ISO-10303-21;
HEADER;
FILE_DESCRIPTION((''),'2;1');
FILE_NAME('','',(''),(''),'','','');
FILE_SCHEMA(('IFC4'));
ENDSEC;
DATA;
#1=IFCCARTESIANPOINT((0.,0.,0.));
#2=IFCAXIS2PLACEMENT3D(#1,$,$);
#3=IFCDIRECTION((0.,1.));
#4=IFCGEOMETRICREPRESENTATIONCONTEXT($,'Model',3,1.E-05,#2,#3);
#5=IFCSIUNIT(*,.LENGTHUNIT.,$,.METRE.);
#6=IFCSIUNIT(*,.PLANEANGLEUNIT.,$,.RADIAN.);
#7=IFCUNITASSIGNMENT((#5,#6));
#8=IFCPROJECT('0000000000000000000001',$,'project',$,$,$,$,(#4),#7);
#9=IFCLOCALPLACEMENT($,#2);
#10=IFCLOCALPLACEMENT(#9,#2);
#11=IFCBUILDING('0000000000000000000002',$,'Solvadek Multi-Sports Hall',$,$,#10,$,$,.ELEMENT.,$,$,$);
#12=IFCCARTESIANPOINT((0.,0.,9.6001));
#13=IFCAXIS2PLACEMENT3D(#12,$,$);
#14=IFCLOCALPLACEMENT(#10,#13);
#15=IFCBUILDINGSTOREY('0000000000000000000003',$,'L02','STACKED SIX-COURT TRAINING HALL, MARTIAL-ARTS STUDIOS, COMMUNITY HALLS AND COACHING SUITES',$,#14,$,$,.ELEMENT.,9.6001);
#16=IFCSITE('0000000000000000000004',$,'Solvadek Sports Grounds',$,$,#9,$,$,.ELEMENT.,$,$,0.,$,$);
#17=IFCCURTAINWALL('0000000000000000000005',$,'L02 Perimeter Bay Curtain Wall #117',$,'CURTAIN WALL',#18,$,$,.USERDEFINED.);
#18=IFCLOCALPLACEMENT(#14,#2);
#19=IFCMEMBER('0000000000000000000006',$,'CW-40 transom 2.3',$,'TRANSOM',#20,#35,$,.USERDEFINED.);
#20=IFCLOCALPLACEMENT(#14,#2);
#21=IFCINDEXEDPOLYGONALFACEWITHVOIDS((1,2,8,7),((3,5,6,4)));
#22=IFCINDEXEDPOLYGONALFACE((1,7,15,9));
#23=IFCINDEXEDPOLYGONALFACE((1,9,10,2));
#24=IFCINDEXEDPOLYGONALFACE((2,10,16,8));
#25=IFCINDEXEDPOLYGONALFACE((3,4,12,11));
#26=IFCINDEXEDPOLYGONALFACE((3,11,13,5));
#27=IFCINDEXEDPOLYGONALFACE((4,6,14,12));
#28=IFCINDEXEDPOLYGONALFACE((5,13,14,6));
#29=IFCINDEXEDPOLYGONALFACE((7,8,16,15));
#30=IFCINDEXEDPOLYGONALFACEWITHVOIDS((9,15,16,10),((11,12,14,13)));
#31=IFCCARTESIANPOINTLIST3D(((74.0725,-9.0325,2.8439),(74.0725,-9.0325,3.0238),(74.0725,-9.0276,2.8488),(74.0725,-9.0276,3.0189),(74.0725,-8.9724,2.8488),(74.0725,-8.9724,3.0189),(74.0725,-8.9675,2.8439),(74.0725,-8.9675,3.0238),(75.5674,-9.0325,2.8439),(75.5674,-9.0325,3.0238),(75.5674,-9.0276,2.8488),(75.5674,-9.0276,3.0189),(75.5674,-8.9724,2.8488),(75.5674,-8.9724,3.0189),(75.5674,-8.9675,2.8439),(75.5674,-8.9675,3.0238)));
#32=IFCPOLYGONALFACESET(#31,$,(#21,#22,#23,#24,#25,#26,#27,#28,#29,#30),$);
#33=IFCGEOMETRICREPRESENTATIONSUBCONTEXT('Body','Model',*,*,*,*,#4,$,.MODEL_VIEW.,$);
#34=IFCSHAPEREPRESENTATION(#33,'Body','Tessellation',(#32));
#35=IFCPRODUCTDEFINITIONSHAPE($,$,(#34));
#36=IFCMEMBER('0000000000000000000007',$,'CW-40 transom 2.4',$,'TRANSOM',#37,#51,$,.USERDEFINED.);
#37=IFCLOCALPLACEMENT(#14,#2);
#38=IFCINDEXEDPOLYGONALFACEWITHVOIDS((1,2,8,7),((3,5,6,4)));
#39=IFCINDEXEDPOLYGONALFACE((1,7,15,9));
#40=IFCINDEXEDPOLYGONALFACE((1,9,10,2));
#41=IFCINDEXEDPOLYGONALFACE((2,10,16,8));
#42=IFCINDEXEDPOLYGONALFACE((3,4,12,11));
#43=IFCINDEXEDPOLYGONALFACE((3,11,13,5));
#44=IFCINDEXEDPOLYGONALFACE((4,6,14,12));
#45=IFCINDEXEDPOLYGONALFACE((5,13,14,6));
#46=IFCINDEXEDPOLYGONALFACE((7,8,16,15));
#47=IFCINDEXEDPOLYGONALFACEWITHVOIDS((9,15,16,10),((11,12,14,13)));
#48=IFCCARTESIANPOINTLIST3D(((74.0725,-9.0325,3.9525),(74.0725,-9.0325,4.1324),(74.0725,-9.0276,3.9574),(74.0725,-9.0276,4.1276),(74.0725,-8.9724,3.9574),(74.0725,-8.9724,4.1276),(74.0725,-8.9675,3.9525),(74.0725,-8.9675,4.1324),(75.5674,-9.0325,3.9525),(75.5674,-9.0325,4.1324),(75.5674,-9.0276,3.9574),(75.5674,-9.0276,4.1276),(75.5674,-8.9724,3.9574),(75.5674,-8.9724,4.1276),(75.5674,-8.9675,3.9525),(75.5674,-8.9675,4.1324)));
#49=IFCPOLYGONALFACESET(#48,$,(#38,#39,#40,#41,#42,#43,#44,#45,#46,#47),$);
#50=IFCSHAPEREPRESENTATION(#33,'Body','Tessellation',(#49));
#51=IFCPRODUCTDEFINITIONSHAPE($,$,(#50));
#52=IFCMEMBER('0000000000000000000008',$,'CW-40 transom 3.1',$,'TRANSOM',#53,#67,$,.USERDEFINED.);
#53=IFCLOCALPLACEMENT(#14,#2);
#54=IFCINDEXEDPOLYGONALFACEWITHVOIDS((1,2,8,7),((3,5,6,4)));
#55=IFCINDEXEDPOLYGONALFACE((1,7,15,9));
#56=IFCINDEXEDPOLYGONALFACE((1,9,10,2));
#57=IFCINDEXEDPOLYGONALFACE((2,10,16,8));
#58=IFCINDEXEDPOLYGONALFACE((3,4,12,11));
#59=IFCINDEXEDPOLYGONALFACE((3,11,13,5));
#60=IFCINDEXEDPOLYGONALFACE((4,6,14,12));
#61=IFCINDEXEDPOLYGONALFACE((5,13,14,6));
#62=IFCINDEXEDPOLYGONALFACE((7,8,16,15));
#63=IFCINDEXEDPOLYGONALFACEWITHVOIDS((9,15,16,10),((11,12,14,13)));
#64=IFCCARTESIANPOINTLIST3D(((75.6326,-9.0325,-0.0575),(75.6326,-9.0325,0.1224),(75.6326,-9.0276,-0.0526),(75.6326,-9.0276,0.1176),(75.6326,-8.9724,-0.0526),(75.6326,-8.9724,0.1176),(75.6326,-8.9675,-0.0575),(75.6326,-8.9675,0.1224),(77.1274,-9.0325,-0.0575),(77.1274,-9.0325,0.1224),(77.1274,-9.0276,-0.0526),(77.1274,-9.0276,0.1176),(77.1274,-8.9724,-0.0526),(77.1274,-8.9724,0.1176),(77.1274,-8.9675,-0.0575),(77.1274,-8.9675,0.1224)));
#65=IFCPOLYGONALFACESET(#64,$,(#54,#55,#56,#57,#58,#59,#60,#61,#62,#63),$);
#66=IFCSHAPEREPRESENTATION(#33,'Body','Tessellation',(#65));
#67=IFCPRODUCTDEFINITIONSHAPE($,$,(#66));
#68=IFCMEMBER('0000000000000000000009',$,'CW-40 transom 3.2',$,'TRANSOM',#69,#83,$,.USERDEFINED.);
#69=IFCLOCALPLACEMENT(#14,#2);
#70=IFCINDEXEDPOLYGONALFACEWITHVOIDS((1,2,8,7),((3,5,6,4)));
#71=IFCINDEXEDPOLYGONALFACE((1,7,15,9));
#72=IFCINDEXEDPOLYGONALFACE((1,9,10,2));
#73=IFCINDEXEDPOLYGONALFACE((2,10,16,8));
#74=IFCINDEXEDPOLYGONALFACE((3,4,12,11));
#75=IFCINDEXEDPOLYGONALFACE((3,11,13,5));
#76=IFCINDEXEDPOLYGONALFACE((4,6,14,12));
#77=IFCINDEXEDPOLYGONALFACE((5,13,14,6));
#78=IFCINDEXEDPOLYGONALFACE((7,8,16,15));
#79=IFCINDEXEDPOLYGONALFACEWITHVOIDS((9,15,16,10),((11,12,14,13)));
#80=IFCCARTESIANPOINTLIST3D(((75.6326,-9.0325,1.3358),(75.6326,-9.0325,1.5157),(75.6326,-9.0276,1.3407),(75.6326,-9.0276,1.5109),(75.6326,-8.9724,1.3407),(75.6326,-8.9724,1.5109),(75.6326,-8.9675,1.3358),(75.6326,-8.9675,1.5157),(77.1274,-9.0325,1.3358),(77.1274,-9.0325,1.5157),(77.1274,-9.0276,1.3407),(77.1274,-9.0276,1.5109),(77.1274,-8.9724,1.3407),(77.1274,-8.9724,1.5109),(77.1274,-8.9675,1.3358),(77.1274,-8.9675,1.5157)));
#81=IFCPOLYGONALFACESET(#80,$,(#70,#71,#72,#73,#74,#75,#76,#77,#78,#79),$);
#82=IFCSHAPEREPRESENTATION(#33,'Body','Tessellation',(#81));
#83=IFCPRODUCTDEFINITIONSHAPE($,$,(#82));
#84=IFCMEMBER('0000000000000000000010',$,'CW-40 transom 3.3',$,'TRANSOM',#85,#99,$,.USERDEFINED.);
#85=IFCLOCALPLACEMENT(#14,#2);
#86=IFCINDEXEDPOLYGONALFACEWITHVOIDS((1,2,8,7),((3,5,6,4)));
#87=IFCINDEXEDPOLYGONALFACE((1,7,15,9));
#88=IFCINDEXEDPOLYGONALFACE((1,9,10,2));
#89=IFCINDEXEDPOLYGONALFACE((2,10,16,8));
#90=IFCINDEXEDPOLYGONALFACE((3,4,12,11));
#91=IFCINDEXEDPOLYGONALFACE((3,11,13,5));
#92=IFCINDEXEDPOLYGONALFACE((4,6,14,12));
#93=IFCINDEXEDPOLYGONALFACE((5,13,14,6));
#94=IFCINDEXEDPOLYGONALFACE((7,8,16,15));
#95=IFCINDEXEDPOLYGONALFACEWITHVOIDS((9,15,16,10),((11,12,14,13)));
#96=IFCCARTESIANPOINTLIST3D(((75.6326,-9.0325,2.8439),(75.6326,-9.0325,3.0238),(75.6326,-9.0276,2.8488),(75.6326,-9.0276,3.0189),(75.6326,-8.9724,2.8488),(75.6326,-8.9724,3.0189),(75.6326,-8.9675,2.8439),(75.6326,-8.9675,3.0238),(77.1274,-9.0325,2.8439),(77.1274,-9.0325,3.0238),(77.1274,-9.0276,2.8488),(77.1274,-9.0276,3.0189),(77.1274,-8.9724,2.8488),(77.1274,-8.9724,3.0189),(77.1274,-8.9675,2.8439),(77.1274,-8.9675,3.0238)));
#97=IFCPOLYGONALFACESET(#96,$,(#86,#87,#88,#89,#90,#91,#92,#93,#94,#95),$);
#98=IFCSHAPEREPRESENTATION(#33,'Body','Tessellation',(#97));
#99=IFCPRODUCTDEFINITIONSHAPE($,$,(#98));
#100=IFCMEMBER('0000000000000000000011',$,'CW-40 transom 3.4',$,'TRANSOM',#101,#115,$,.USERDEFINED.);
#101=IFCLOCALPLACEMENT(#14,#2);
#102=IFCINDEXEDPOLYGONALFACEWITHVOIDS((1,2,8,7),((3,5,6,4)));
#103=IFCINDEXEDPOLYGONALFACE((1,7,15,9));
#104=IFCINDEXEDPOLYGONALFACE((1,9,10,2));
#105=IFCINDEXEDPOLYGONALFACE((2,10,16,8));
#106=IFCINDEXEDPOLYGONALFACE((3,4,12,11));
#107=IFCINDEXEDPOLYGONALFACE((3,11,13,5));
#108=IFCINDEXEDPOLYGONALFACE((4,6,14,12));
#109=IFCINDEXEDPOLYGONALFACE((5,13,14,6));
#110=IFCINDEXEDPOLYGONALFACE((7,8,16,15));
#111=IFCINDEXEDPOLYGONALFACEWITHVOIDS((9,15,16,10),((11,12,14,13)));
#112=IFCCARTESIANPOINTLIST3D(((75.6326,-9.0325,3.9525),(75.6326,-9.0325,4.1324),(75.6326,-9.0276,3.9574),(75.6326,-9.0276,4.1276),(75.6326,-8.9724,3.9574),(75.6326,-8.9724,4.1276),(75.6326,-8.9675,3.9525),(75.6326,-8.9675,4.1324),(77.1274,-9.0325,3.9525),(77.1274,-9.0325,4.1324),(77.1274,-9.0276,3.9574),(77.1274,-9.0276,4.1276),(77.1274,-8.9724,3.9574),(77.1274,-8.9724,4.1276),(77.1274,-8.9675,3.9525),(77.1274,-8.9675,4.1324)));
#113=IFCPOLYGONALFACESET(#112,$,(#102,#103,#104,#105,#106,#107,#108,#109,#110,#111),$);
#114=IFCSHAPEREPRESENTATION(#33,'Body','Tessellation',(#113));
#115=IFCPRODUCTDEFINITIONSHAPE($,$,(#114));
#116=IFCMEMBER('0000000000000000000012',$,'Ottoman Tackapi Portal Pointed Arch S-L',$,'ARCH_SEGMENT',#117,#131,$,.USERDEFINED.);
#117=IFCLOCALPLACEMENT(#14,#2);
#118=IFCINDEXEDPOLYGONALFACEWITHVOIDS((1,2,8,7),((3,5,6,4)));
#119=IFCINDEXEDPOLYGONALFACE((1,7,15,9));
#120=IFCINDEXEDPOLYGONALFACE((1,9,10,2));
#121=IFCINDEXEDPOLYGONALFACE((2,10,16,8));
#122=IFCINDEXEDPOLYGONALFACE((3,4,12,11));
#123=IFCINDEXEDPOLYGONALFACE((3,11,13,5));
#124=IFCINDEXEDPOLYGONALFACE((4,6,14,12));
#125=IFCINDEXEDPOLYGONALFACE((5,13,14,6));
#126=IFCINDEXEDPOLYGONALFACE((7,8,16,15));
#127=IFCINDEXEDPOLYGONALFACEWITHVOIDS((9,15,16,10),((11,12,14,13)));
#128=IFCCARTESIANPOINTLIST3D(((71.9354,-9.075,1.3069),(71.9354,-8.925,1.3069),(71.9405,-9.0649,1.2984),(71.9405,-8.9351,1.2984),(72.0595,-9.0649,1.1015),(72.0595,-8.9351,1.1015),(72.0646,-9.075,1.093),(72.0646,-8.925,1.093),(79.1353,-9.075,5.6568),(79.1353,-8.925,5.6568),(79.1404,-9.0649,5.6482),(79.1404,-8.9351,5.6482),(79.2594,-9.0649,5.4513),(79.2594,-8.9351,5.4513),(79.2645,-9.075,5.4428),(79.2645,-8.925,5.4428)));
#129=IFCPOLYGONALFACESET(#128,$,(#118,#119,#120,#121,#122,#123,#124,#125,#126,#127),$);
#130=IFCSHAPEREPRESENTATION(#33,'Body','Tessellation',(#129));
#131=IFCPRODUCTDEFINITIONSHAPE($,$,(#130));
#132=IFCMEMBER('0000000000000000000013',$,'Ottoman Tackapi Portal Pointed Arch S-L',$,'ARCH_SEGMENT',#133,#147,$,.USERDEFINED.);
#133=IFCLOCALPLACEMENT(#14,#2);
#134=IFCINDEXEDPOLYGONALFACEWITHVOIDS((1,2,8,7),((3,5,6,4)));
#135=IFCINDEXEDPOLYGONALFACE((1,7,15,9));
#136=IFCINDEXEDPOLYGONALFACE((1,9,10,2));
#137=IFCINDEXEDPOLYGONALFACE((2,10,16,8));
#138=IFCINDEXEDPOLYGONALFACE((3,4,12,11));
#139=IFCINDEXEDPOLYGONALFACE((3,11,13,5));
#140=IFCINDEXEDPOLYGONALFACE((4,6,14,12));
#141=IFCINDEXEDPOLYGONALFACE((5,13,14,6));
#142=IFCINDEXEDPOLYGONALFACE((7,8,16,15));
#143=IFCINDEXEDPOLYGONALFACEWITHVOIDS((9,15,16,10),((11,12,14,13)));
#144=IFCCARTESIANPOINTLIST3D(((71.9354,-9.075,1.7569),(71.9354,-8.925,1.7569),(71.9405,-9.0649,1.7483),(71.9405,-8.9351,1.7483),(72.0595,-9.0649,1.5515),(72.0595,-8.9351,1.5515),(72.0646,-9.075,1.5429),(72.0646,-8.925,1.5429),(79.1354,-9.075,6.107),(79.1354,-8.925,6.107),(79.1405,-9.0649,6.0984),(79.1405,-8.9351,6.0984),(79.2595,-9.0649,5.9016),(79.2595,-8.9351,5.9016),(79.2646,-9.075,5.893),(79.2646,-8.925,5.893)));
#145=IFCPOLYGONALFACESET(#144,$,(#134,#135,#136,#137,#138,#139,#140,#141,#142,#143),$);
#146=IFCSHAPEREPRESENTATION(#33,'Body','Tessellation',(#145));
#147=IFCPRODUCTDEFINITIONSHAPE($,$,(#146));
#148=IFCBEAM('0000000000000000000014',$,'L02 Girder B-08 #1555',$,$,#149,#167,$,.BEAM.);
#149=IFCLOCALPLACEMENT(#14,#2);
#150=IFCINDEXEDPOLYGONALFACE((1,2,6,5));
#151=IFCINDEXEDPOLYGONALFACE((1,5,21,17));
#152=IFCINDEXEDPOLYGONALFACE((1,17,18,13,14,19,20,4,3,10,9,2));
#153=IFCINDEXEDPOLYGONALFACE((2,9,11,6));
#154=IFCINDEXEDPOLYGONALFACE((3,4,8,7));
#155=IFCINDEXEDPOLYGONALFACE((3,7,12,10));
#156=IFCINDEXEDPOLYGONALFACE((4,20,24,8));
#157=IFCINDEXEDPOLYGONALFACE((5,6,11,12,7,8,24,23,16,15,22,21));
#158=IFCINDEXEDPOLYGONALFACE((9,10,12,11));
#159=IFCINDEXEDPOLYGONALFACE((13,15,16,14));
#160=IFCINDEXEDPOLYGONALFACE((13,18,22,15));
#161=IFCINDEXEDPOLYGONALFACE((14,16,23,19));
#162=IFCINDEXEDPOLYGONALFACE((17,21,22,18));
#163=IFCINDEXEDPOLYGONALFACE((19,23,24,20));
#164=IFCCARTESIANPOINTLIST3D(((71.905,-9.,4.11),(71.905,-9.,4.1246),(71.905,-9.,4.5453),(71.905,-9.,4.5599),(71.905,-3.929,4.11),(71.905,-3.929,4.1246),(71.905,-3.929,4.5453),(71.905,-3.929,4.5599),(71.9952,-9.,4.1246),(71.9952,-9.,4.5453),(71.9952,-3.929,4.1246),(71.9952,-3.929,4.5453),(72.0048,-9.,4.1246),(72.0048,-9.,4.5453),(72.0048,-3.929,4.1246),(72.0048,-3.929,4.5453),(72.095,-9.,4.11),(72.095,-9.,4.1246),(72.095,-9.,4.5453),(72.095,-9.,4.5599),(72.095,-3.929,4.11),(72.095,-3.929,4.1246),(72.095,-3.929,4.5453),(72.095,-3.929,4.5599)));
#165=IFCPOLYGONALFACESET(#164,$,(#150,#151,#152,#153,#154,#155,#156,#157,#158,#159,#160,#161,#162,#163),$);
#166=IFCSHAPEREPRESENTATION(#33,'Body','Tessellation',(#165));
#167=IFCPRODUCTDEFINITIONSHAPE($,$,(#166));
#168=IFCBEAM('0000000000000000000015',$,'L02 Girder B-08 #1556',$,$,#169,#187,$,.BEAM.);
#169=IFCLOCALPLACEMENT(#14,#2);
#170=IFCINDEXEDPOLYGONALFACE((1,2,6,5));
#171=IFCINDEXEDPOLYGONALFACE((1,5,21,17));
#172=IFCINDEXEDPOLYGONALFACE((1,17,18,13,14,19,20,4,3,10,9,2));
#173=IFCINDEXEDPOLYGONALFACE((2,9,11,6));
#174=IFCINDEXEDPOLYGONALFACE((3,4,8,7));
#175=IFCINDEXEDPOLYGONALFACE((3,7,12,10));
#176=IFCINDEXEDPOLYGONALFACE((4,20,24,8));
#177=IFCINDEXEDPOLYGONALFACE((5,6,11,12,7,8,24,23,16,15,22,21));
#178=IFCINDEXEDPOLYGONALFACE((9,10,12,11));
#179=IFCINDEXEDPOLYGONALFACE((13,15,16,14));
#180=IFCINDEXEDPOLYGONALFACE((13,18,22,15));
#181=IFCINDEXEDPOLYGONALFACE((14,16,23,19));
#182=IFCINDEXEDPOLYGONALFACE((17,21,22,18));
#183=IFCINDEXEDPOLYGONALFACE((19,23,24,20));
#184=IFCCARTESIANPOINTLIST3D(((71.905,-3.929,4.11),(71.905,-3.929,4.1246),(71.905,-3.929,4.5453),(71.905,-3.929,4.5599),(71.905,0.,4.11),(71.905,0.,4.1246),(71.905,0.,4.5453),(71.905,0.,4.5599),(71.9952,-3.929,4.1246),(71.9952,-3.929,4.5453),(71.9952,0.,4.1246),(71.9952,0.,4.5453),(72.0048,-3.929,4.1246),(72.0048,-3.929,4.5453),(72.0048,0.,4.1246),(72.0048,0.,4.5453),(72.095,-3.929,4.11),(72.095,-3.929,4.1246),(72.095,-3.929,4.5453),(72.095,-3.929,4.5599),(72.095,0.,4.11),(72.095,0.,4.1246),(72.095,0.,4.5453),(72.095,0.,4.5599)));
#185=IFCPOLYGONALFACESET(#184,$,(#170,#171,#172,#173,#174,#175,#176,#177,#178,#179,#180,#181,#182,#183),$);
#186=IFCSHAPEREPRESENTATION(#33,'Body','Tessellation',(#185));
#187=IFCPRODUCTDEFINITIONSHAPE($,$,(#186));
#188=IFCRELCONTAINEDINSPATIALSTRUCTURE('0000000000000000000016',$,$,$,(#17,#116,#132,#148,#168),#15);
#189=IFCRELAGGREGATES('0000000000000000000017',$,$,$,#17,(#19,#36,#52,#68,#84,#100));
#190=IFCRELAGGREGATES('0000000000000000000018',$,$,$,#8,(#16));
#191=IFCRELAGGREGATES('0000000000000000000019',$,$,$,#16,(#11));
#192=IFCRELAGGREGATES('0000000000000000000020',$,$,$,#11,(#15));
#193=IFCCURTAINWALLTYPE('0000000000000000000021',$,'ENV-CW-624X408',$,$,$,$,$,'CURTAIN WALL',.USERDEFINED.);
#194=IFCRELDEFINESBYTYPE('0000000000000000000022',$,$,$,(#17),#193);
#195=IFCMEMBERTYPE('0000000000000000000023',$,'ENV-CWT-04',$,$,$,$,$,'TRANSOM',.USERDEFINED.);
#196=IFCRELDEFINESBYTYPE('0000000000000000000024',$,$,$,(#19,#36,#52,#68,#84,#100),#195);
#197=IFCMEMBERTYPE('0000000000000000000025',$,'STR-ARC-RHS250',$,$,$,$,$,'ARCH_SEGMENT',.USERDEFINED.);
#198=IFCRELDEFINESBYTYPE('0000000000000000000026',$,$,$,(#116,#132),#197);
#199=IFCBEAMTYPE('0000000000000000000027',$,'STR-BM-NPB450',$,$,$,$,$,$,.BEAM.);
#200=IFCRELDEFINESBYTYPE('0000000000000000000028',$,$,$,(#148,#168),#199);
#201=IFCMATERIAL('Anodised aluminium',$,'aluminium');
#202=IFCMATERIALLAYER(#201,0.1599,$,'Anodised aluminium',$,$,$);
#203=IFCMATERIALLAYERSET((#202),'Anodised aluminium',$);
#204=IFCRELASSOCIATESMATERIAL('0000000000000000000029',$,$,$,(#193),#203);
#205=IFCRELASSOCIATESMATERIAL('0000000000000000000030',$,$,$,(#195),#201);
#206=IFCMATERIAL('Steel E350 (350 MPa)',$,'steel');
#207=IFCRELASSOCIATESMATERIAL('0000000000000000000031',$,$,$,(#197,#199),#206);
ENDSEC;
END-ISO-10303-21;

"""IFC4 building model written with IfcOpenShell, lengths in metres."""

from ifc_helpers import new_model, si_unit, direction, frame, origin, origin_2d, place, context, subcontext, project, spatial, hollow_rectangle, i_section, extrude, material, layer, layer_set, material_profile, profile_set, type_object, element, aggregate, save


model = new_model("IFC4")

# Units and contexts
model_context = context("Model", 3, precision=1e-05, world=origin(), true_north=direction((0.0, 1.0)))
body_context = subcontext(model_context, "Body", "Model", "MODEL_VIEW")
ifc_project = project(units=[si_unit("LENGTHUNIT", "METRE"), si_unit("PLANEANGLEUNIT", "RADIAN")], contexts=[model_context])

# Site, building, storey
site_placement = place(None, origin())
site = spatial("IfcSite", under=ifc_project, at=site_placement, Name="Solvadek Sports Grounds", CompositionType="ELEMENT", RefElevation=0.0)
building_placement = place(site_placement, origin())
building = spatial("IfcBuilding", under=site, at=building_placement, Name="Solvadek Multi-Sports Hall", CompositionType="ELEMENT")
storey_placement = place(building_placement, frame((0.0, 0.0, 9.6001)))
storey = spatial("IfcBuildingStorey", under=building, at=storey_placement, Name="L02", Description="STACKED SIX-COURT TRAINING HALL, MARTIAL-ARTS STUDIOS, COMMUNITY HALLS AND COACHING SUITES", CompositionType="ELEMENT", Elevation=9.6001)

# Shared definitions
ifc_material_1 = material(Name="Steel E350 (350 MPa)", Category="steel")

# Curtain wall, members
ifc_material_2 = material(Name="Anodised aluminium", Category="aluminium")
ifc_layer_1 = layer(ifc_material_2, 0.1599, Name="Anodised aluminium")
ifc_layer_set_1 = layer_set([ifc_layer_1], Name="Anodised aluminium")
curtain_wall_type = type_object("IfcCurtainWallType", Name="ENV-CW-624X408", ElementType="CURTAIN WALL", PredefinedType="USERDEFINED", material=ifc_layer_set_1)
curtain_wall_placement = place(storey_placement, origin())
curtain_wall = element("IfcCurtainWall", 1, at=curtain_wall_placement, inside=storey, type_object=curtain_wall_type, Name="L02 Perimeter Bay Curtain Wall #117", ObjectType="CURTAIN WALL", PredefinedType="USERDEFINED")
ifc_material_profile_1 = material_profile(ifc_material_2, hollow_rectangle(XDim=0.0649, YDim=0.1799, WallThickness=0.0049, at=origin_2d()), Name="ALU-T 180x65x5")
ifc_profile_set_1 = profile_set([ifc_material_profile_1], Name="Anodised aluminium")
member_type_1 = type_object("IfcMemberType", Name="ENV-CWT-04", ElementType="TRANSOM", PredefinedType="USERDEFINED", material=ifc_profile_set_1)
member_1_placement = place(storey_placement, frame((74.0725, -9.0, 2.9338), z_axis=(1.0, 0.0, 0.0), x_axis=(0.0, 1.0, 0.0)))
member_1 = element("IfcMember", 2, at=member_1_placement, type_object=member_type_1, Name="CW-40 transom 2.3", ObjectType="TRANSOM", PredefinedType="USERDEFINED", context=body_context, shape_type="SweptSolid", body=[
    extrude(hollow_rectangle(XDim=0.0649, YDim=0.1799, WallThickness=0.0049, at=origin_2d()), origin(), (0.0, 0.0, 1.0), 1.4949),
])
member_2_placement = place(storey_placement, frame((74.0725, -9.0, 4.0425), z_axis=(1.0, 0.0, 0.0), x_axis=(0.0, 1.0, 0.0)))
member_2 = element("IfcMember", 3, at=member_2_placement, type_object=member_type_1, Name="CW-40 transom 2.4", ObjectType="TRANSOM", PredefinedType="USERDEFINED", context=body_context, shape_type="SweptSolid", body=[
    extrude(hollow_rectangle(XDim=0.0649, YDim=0.1799, WallThickness=0.0049, at=origin_2d()), origin(), (0.0, 0.0, 1.0), 1.4949),
])
member_3_placement = place(storey_placement, frame((75.6326, -9.0, 0.0325), z_axis=(1.0, 0.0, 0.0), x_axis=(0.0, 1.0, 0.0)))
member_3 = element("IfcMember", 4, at=member_3_placement, type_object=member_type_1, Name="CW-40 transom 3.1", ObjectType="TRANSOM", PredefinedType="USERDEFINED", context=body_context, shape_type="SweptSolid", body=[
    extrude(hollow_rectangle(XDim=0.0649, YDim=0.1799, WallThickness=0.0049, at=origin_2d()), origin(), (0.0, 0.0, 1.0), 1.4949),
])
member_4_placement = place(storey_placement, frame((75.6326, -9.0, 1.4258), z_axis=(1.0, 0.0, 0.0), x_axis=(0.0, 1.0, 0.0)))
member_4 = element("IfcMember", 5, at=member_4_placement, type_object=member_type_1, Name="CW-40 transom 3.2", ObjectType="TRANSOM", PredefinedType="USERDEFINED", context=body_context, shape_type="SweptSolid", body=[
    extrude(hollow_rectangle(XDim=0.0649, YDim=0.1799, WallThickness=0.0049, at=origin_2d()), origin(), (0.0, 0.0, 1.0), 1.4949),
])
member_5_placement = place(storey_placement, frame((75.6326, -9.0, 2.9338), z_axis=(1.0, 0.0, 0.0), x_axis=(0.0, 1.0, 0.0)))
member_5 = element("IfcMember", 6, at=member_5_placement, type_object=member_type_1, Name="CW-40 transom 3.3", ObjectType="TRANSOM", PredefinedType="USERDEFINED", context=body_context, shape_type="SweptSolid", body=[
    extrude(hollow_rectangle(XDim=0.0649, YDim=0.1799, WallThickness=0.0049, at=origin_2d()), origin(), (0.0, 0.0, 1.0), 1.4949),
])
member_6_placement = place(storey_placement, frame((75.6326, -9.0, 4.0425), z_axis=(1.0, 0.0, 0.0), x_axis=(0.0, 1.0, 0.0)))
member_6 = element("IfcMember", 7, at=member_6_placement, type_object=member_type_1, Name="CW-40 transom 3.4", ObjectType="TRANSOM", PredefinedType="USERDEFINED", context=body_context, shape_type="SweptSolid", body=[
    extrude(hollow_rectangle(XDim=0.0649, YDim=0.1799, WallThickness=0.0049, at=origin_2d()), origin(), (0.0, 0.0, 1.0), 1.4949),
])

# Members
ifc_material_profile_2 = material_profile(ifc_material_1, hollow_rectangle(XDim=0.1499, YDim=0.25, WallThickness=0.01, at=origin_2d()), Name="RHS 250x150x10")
ifc_profile_set_2 = profile_set([ifc_material_profile_2], Name="Steel E350 (350 MPa)")
member_type_2 = type_object("IfcMemberType", Name="STR-ARC-RHS250", ElementType="ARCH_SEGMENT", PredefinedType="USERDEFINED", material=ifc_profile_set_2)
member_7_placement = place(storey_placement, frame((72.0, -9.0, 1.2), z_axis=(0.855922, 0.0, 0.517105), x_axis=(0.0, 1.0, 0.0)))
element("IfcMember", 8, at=member_7_placement, inside=storey, type_object=member_type_2, Name="Ottoman Tackapi Portal Pointed Arch S-L", ObjectType="ARCH_SEGMENT", PredefinedType="USERDEFINED", context=body_context, shape_type="SweptSolid", body=[
    extrude(hollow_rectangle(XDim=0.1499, YDim=0.25, WallThickness=0.01, at=origin_2d()), origin(), (0.0, 0.0, 1.0), 8.4119),
])
member_8_placement = place(storey_placement, frame((72.0, -9.0, 1.6499), z_axis=(0.855909, 0.0, 0.517127), x_axis=(0.0, 1.0, 0.0)))
element("IfcMember", 9, at=member_8_placement, inside=storey, type_object=member_type_2, Name="Ottoman Tackapi Portal Pointed Arch S-L", ObjectType="ARCH_SEGMENT", PredefinedType="USERDEFINED", context=body_context, shape_type="SweptSolid", body=[
    extrude(hollow_rectangle(XDim=0.1499, YDim=0.25, WallThickness=0.01, at=origin_2d()), origin(), (0.0, 0.0, 1.0), 8.4121),
])

# Beams
ifc_material_profile_3 = material_profile(ifc_material_1, i_section(OverallWidth=0.1899, OverallDepth=0.45, WebThickness=0.0095, FlangeThickness=0.0146, at=origin_2d()), Name="NPB 450")
ifc_profile_set_3 = profile_set([ifc_material_profile_3], Name="Steel E350 (350 MPa)")
beam_type_1 = type_object("IfcBeamType", Name="STR-BM-NPB450", PredefinedType="BEAM", material=ifc_profile_set_3)
beam_1_placement = place(storey_placement, frame((72.0, -9.0, 4.335), z_axis=(0.0, 1.0, 0.0), x_axis=(-1.0, 0.0, 0.0)))
element("IfcBeam", 10, at=beam_1_placement, inside=storey, type_object=beam_type_1, Name="L02 Girder B-08 #1555", PredefinedType="BEAM", context=body_context, shape_type="SweptSolid", body=[
    extrude(i_section(OverallWidth=0.1899, OverallDepth=0.45, WebThickness=0.0095, FlangeThickness=0.0146, at=origin_2d()), origin(), (0.0, 0.0, 1.0), 5.071),
])
beam_2_placement = place(storey_placement, frame((72.0, -3.929, 4.335), z_axis=(0.0, 1.0, 0.0), x_axis=(-1.0, 0.0, 0.0)))
element("IfcBeam", 11, at=beam_2_placement, inside=storey, type_object=beam_type_1, Name="L02 Girder B-08 #1556", PredefinedType="BEAM", context=body_context, shape_type="SweptSolid", body=[
    extrude(i_section(OverallWidth=0.1899, OverallDepth=0.45, WebThickness=0.0095, FlangeThickness=0.0146, at=origin_2d()), origin(), (0.0, 0.0, 1.0), 3.929),
])

aggregate(curtain_wall, [member_1, member_2, member_3, member_4, member_5, member_6])

save(model, "model.ifc")
